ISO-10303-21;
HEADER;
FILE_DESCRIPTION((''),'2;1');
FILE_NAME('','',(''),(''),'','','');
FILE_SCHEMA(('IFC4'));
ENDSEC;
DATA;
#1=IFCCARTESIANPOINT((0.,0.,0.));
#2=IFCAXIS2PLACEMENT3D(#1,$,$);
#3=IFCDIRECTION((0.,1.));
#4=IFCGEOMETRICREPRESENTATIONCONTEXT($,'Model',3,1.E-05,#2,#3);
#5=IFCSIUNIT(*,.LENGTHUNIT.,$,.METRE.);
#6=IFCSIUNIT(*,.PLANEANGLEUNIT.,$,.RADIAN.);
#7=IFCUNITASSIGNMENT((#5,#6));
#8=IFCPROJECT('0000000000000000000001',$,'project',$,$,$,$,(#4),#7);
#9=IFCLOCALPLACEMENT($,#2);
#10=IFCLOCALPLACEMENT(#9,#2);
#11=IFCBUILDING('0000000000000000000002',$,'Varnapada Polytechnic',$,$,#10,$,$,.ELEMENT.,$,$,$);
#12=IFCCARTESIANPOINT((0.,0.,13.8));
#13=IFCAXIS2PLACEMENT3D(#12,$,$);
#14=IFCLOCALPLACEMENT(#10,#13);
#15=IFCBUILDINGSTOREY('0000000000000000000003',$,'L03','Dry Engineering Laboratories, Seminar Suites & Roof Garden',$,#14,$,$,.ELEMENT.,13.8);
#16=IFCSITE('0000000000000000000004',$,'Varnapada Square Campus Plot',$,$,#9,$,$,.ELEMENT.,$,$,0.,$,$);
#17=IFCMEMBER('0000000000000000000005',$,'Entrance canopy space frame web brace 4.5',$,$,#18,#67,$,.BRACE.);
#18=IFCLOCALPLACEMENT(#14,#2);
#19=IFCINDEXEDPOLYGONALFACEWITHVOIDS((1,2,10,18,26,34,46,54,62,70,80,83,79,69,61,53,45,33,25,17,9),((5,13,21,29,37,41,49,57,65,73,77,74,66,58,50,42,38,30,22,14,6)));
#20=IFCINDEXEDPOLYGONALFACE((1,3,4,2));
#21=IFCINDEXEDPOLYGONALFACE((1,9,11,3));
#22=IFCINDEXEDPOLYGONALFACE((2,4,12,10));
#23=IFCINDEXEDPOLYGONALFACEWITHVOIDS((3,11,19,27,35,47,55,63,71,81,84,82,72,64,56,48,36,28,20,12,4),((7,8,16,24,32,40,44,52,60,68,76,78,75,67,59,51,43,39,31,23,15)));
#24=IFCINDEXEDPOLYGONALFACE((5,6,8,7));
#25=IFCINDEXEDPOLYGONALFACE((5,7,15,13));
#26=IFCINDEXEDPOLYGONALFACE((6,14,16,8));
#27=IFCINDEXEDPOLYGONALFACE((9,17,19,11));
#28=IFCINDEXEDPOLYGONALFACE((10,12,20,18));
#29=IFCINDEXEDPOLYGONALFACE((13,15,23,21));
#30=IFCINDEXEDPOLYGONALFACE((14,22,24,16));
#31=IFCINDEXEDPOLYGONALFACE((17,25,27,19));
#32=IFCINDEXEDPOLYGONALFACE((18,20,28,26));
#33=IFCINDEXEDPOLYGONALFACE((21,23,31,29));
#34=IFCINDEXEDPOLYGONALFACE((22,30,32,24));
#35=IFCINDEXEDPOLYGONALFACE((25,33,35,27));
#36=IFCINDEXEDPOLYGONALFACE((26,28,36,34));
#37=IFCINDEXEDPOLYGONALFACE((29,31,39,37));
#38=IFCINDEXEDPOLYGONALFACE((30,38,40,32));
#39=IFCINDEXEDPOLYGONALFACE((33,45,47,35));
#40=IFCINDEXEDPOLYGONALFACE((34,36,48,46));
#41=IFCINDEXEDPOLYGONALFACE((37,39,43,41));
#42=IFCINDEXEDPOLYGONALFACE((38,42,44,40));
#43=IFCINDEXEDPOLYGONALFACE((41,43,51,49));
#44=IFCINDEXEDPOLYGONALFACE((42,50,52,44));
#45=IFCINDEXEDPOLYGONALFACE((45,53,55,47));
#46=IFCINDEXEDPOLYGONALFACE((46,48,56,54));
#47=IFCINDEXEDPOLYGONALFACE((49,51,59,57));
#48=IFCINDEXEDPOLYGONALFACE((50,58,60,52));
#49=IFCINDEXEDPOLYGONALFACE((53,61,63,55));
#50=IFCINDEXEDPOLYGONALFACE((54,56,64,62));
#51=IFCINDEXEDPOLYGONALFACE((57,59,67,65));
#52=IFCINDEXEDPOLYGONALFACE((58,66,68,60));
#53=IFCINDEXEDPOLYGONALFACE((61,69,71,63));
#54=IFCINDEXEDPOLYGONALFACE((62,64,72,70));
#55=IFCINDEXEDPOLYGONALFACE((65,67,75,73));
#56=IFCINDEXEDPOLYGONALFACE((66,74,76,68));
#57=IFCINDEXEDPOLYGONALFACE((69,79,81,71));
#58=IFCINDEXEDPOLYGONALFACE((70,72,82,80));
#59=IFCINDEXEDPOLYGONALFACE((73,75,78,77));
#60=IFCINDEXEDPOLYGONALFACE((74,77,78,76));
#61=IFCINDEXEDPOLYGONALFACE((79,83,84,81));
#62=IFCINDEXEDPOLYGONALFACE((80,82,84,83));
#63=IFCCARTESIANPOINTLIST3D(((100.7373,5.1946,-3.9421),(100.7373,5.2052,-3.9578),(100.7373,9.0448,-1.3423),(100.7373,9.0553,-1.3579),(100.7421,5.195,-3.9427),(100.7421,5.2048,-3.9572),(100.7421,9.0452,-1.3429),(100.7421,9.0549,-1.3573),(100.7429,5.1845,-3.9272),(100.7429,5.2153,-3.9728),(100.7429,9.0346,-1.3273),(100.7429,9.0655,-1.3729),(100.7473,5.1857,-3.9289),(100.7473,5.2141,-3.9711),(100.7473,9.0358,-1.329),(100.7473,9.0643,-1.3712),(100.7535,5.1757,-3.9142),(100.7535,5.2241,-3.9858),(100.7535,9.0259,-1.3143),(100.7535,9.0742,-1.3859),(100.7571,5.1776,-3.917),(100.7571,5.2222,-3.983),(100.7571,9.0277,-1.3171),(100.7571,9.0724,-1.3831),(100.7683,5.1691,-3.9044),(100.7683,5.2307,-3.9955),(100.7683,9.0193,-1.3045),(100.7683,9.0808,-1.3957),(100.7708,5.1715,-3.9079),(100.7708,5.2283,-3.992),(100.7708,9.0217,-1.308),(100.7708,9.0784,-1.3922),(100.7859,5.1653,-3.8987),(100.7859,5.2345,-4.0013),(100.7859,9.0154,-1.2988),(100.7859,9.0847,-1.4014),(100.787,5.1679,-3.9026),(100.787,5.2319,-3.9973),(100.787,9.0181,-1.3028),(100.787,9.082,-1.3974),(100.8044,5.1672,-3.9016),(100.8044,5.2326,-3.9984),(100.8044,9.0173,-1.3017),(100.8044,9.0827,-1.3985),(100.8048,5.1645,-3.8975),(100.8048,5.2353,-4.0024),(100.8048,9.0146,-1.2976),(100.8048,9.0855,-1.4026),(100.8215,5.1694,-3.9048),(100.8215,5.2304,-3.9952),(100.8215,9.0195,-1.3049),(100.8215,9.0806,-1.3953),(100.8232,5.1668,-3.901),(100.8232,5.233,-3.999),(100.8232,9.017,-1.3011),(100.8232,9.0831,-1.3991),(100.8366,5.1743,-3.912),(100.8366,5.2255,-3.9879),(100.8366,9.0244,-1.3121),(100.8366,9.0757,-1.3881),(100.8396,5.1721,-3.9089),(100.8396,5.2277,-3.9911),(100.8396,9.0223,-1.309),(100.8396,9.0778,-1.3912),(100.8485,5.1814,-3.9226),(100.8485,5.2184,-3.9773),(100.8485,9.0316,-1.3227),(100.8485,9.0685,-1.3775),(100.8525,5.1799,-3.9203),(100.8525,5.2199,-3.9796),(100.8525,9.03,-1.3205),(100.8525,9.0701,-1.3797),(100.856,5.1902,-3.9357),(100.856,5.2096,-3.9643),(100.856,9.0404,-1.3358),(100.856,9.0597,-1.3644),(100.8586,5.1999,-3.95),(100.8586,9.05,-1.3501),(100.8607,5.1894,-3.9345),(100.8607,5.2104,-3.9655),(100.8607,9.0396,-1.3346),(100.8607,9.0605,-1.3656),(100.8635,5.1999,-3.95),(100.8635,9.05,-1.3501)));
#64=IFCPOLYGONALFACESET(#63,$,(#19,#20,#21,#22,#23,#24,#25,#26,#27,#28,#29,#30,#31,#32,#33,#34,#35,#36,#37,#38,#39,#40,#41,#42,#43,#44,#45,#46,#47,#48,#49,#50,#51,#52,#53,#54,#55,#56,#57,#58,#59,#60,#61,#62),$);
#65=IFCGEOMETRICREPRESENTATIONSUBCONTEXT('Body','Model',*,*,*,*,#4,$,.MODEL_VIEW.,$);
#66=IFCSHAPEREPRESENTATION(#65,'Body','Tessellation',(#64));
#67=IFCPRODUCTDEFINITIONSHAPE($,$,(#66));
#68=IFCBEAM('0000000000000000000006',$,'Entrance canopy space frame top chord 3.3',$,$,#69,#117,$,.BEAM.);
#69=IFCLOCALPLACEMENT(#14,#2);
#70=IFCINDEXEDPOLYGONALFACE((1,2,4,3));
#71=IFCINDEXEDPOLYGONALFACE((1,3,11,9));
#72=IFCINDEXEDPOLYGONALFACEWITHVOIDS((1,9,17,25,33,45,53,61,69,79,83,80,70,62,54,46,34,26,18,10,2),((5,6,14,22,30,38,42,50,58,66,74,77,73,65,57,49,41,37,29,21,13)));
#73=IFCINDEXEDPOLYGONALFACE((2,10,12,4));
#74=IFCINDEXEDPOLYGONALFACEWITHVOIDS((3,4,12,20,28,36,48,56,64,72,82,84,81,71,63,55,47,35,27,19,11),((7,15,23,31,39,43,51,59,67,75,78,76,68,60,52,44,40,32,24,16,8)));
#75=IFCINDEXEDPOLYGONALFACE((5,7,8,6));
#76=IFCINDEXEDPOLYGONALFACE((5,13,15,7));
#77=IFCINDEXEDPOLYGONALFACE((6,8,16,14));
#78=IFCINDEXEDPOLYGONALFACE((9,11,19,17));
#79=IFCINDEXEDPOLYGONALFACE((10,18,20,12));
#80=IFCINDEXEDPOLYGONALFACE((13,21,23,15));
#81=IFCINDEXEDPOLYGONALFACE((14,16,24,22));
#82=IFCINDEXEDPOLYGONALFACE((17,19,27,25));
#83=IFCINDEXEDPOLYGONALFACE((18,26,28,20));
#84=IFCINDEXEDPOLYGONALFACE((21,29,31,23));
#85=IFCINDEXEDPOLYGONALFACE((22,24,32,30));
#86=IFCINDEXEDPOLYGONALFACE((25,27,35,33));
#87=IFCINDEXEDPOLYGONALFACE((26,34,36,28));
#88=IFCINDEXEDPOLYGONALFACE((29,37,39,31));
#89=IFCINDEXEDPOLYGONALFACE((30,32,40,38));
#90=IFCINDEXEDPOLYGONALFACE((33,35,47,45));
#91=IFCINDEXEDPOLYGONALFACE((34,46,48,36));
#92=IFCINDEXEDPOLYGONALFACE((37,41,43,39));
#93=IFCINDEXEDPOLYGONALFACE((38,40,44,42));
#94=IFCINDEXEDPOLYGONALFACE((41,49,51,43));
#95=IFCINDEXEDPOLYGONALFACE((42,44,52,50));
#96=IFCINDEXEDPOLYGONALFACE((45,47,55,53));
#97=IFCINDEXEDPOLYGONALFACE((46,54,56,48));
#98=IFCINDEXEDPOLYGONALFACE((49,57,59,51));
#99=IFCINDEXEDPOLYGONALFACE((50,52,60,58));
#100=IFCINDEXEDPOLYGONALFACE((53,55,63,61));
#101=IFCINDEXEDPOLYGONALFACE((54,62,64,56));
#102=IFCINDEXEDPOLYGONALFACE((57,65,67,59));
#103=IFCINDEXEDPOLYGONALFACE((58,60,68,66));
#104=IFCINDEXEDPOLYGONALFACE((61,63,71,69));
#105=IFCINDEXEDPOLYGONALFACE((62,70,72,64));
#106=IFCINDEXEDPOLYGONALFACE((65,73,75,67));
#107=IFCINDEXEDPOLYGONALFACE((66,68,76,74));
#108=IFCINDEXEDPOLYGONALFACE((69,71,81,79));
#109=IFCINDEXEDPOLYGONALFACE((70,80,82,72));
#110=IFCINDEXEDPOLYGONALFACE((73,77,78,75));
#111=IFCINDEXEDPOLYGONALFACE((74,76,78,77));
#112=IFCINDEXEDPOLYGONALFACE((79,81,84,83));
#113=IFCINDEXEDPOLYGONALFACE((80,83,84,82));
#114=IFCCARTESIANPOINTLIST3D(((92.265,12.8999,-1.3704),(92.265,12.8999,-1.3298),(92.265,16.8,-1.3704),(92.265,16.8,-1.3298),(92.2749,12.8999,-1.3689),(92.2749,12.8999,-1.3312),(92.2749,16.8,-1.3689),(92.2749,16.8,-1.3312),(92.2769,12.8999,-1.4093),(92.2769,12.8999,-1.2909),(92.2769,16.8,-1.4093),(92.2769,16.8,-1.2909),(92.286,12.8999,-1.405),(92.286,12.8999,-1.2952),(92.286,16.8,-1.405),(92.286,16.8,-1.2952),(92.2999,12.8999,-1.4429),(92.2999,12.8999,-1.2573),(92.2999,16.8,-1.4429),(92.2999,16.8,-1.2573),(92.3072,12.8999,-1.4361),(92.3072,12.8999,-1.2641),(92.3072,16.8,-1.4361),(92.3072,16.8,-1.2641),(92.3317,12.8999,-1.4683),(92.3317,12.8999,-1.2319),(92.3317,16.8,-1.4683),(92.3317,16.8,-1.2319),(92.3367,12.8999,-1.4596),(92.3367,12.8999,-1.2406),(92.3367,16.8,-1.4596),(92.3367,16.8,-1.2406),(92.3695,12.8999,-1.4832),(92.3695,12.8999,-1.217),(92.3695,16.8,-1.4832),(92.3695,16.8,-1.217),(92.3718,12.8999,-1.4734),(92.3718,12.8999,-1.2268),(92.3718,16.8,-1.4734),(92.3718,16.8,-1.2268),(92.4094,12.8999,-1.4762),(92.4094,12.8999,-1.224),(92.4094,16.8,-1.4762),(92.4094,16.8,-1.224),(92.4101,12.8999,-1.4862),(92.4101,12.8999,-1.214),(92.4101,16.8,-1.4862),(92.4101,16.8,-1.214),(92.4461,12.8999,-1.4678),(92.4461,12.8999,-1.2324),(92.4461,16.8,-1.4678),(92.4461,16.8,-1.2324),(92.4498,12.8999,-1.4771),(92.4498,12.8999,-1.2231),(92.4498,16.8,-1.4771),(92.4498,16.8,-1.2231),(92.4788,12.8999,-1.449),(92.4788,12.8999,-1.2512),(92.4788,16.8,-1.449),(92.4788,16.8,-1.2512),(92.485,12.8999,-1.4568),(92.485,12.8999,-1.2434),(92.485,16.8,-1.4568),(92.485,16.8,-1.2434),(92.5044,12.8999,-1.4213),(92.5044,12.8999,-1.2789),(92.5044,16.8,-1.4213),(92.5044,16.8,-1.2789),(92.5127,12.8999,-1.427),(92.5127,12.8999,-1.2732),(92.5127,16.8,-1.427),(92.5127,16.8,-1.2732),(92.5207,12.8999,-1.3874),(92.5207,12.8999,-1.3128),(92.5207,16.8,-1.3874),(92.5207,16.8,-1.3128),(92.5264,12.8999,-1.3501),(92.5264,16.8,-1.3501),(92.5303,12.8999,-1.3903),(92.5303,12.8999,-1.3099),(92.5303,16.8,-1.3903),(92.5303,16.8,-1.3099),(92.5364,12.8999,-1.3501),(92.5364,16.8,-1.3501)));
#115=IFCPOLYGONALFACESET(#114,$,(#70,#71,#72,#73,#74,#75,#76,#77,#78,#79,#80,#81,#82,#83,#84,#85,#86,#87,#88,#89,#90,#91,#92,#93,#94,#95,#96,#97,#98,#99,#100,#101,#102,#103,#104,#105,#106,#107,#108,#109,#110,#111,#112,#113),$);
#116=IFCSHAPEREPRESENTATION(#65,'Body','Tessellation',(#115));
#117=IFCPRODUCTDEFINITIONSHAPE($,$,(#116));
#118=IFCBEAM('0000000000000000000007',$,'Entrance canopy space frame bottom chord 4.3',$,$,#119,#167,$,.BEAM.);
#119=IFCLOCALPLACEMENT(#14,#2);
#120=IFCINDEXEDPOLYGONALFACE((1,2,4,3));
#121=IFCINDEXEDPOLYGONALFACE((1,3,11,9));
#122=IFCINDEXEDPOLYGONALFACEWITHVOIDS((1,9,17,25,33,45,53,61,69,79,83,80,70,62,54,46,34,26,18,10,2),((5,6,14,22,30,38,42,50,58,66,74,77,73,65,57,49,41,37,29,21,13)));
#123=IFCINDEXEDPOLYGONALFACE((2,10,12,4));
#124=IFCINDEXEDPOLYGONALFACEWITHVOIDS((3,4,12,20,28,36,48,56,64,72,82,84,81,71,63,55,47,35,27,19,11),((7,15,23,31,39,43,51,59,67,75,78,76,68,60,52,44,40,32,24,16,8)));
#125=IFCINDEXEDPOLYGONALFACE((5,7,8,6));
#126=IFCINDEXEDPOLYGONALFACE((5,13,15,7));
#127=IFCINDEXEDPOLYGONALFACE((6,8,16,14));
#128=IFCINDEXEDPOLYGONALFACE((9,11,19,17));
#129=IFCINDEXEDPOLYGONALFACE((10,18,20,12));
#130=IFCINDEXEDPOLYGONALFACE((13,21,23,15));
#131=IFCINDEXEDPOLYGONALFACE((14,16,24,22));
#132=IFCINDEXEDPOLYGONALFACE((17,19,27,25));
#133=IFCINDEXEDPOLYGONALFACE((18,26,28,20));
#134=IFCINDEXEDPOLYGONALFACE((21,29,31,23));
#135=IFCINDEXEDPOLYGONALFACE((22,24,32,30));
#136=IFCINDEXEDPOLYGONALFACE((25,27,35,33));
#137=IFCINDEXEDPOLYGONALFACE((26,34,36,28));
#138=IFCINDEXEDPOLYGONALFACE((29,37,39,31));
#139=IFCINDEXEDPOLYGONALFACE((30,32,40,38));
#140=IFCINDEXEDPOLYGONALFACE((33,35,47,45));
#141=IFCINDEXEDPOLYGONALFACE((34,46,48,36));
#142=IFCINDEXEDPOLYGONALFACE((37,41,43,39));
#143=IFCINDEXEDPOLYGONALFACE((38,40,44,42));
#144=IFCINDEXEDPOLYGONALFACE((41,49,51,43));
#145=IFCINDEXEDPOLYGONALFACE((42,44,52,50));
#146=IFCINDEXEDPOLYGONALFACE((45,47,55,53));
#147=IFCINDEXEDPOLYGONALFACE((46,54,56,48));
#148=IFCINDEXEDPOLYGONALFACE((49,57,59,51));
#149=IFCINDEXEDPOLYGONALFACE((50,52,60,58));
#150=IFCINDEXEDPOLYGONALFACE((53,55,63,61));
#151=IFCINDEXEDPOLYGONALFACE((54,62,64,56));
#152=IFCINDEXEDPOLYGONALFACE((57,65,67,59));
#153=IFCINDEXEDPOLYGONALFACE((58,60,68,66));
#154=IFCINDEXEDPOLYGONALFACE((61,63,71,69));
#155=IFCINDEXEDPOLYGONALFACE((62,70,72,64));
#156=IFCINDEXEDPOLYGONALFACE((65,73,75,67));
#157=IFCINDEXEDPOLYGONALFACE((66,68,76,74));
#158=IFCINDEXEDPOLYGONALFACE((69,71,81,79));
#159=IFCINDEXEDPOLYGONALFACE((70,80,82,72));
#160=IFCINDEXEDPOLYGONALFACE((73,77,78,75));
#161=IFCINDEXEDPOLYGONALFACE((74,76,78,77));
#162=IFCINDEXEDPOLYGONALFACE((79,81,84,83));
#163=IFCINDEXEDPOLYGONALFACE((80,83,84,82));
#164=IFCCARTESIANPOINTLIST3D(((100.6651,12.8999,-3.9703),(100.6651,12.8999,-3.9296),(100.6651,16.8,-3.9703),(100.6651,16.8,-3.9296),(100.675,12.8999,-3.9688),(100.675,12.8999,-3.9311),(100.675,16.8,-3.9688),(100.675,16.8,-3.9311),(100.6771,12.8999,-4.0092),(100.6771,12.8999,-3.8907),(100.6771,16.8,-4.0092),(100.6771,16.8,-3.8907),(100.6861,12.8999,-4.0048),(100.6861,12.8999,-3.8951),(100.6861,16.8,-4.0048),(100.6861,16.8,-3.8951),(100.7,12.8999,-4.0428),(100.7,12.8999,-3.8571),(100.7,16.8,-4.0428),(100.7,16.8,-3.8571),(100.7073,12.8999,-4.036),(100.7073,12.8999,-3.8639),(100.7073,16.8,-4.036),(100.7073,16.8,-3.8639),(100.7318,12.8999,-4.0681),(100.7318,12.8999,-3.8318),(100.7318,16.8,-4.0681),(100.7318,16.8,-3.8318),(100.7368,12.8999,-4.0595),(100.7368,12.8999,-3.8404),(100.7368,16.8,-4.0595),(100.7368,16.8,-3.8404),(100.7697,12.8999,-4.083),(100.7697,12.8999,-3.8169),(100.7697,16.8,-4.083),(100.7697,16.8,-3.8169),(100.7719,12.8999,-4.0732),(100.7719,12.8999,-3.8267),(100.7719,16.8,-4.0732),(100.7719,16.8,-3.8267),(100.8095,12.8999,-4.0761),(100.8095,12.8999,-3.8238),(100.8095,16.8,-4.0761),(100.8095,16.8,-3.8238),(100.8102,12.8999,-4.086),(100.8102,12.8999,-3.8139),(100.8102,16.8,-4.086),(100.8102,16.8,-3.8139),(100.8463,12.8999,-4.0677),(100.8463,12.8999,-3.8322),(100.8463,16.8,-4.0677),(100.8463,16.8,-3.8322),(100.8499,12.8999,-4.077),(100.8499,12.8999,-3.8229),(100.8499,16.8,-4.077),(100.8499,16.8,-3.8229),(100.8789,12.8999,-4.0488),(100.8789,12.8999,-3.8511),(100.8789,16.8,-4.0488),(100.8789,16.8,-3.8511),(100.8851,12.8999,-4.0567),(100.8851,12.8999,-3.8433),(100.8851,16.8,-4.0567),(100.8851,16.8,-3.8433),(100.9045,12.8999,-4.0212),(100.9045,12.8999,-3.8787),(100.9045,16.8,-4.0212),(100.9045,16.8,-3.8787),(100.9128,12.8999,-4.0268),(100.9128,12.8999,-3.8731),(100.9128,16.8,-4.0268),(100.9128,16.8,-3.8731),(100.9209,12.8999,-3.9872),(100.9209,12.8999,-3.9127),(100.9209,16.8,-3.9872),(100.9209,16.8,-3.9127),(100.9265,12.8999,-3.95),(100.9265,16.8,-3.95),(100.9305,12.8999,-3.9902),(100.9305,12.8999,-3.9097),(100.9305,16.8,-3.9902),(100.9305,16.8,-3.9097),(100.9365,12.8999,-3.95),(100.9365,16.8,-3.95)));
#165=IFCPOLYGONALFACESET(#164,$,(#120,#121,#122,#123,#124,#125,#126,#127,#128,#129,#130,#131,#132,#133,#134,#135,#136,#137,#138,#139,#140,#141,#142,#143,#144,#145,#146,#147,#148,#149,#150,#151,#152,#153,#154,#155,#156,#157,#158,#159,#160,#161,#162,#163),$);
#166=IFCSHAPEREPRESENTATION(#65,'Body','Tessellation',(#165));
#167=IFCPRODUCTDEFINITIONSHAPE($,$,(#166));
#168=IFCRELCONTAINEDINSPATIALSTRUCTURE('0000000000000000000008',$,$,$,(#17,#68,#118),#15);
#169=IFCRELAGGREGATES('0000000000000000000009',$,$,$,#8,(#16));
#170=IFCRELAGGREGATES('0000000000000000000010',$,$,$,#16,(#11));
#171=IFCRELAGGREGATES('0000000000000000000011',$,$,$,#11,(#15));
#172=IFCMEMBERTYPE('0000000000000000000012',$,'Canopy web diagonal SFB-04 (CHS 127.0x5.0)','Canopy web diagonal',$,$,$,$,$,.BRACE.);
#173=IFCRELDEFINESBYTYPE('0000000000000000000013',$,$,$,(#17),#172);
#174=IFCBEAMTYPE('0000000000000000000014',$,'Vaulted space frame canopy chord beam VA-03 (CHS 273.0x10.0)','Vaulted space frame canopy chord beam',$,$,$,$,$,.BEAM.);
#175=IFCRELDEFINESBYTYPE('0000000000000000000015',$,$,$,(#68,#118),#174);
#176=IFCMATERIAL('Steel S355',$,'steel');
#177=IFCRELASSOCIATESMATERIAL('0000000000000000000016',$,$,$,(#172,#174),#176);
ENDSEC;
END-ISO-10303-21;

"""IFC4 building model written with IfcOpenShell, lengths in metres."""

from ifc_helpers import new_model, si_unit, direction, frame, origin, origin_2d, place, context, subcontext, project, spatial, hollow_circle, extrude, material, material_profile, profile_set, type_object, element, save


model = new_model("IFC4")

# Units and contexts
model_context = context("Model", 3, precision=1e-05, world=origin(), true_north=direction((0.0, 1.0)))
body_context = subcontext(model_context, "Body", "Model", "MODEL_VIEW")
ifc_project = project(units=[si_unit("LENGTHUNIT", "METRE"), si_unit("PLANEANGLEUNIT", "RADIAN")], contexts=[model_context])

# Site, building, storey
site_placement = place(None, origin())
site = spatial("IfcSite", under=ifc_project, at=site_placement, Name="Varnapada Square Campus Plot", CompositionType="ELEMENT", RefElevation=0.0)
building_placement = place(site_placement, origin())
building = spatial("IfcBuilding", under=site, at=building_placement, Name="Varnapada Polytechnic", CompositionType="ELEMENT")
storey_placement = place(building_placement, frame((0.0, 0.0, 13.8)))
storey = spatial("IfcBuildingStorey", under=building, at=storey_placement, Name="L03", Description="Dry Engineering Laboratories, Seminar Suites & Roof Garden", CompositionType="ELEMENT", Elevation=13.8)

# Member
ifc_material = material(Name="Steel S355", Category="steel")
ifc_material_profile_1 = material_profile(ifc_material, hollow_circle(Radius=0.0635, WallThickness=0.0049, at=origin_2d()), Name="CHS 127.0x5.0")
ifc_profile_set_1 = profile_set([ifc_material_profile_1], Name="Steel S355")
member_type_1 = type_object("IfcMemberType", Name="Canopy web diagonal SFB-04 (CHS 127.0x5.0)", Description="Canopy web diagonal", PredefinedType="BRACE", material=ifc_profile_set_1)
member_1_placement = place(storey_placement, frame((100.8, 9.05, -1.3501), z_axis=(0.0, -0.828745, -0.559626), x_axis=(1.0, 0.0, 0.0)))
element("IfcMember", 1, at=member_1_placement, inside=storey, type_object=member_type_1, Name="Entrance canopy space frame web brace 4.5", PredefinedType="BRACE", context=body_context, shape_type="SweptSolid", body=[
    extrude(hollow_circle(Radius=0.0635, WallThickness=0.0049, at=origin_2d()), origin(), (0.0, 0.0, 1.0), 4.6458),
])

# Beams
ifc_material_profile_2 = material_profile(ifc_material, hollow_circle(Radius=0.1365, WallThickness=0.01, at=origin_2d()), Name="CHS 273.0x10.0")
ifc_profile_set_2 = profile_set([ifc_material_profile_2], Name="Steel S355")
beam_type = type_object("IfcBeamType", Name="Vaulted space frame canopy chord beam VA-03 (CHS 273.0x10.0)", Description="Vaulted space frame canopy chord beam", PredefinedType="BEAM", material=ifc_profile_set_2)
for number, where, z_axis, x_axis, name in (
    (2, (92.3999, 16.8, -1.3501), (0.0, -1.0, 0.0), (1.0, 0.0, 0.0), "Entrance canopy space frame top chord 3.3"),
    (3, (100.8, 16.8, -3.95), (0.0, -1.0, 0.0), (1.0, 0.0, 0.0), "Entrance canopy space frame bottom chord 4.3"),
):
    element("IfcBeam", number, at=place(storey_placement, frame(where, z_axis=z_axis, x_axis=x_axis)), inside=storey, type_object=beam_type, Name=name, PredefinedType="BEAM", context=body_context, shape_type="SweptSolid", body=[
        extrude(hollow_circle(Radius=0.1365, WallThickness=0.01, at=origin_2d()), origin(), (0.0, 0.0, 1.0), 3.9001),
    ])

save(model, "model.ifc")
